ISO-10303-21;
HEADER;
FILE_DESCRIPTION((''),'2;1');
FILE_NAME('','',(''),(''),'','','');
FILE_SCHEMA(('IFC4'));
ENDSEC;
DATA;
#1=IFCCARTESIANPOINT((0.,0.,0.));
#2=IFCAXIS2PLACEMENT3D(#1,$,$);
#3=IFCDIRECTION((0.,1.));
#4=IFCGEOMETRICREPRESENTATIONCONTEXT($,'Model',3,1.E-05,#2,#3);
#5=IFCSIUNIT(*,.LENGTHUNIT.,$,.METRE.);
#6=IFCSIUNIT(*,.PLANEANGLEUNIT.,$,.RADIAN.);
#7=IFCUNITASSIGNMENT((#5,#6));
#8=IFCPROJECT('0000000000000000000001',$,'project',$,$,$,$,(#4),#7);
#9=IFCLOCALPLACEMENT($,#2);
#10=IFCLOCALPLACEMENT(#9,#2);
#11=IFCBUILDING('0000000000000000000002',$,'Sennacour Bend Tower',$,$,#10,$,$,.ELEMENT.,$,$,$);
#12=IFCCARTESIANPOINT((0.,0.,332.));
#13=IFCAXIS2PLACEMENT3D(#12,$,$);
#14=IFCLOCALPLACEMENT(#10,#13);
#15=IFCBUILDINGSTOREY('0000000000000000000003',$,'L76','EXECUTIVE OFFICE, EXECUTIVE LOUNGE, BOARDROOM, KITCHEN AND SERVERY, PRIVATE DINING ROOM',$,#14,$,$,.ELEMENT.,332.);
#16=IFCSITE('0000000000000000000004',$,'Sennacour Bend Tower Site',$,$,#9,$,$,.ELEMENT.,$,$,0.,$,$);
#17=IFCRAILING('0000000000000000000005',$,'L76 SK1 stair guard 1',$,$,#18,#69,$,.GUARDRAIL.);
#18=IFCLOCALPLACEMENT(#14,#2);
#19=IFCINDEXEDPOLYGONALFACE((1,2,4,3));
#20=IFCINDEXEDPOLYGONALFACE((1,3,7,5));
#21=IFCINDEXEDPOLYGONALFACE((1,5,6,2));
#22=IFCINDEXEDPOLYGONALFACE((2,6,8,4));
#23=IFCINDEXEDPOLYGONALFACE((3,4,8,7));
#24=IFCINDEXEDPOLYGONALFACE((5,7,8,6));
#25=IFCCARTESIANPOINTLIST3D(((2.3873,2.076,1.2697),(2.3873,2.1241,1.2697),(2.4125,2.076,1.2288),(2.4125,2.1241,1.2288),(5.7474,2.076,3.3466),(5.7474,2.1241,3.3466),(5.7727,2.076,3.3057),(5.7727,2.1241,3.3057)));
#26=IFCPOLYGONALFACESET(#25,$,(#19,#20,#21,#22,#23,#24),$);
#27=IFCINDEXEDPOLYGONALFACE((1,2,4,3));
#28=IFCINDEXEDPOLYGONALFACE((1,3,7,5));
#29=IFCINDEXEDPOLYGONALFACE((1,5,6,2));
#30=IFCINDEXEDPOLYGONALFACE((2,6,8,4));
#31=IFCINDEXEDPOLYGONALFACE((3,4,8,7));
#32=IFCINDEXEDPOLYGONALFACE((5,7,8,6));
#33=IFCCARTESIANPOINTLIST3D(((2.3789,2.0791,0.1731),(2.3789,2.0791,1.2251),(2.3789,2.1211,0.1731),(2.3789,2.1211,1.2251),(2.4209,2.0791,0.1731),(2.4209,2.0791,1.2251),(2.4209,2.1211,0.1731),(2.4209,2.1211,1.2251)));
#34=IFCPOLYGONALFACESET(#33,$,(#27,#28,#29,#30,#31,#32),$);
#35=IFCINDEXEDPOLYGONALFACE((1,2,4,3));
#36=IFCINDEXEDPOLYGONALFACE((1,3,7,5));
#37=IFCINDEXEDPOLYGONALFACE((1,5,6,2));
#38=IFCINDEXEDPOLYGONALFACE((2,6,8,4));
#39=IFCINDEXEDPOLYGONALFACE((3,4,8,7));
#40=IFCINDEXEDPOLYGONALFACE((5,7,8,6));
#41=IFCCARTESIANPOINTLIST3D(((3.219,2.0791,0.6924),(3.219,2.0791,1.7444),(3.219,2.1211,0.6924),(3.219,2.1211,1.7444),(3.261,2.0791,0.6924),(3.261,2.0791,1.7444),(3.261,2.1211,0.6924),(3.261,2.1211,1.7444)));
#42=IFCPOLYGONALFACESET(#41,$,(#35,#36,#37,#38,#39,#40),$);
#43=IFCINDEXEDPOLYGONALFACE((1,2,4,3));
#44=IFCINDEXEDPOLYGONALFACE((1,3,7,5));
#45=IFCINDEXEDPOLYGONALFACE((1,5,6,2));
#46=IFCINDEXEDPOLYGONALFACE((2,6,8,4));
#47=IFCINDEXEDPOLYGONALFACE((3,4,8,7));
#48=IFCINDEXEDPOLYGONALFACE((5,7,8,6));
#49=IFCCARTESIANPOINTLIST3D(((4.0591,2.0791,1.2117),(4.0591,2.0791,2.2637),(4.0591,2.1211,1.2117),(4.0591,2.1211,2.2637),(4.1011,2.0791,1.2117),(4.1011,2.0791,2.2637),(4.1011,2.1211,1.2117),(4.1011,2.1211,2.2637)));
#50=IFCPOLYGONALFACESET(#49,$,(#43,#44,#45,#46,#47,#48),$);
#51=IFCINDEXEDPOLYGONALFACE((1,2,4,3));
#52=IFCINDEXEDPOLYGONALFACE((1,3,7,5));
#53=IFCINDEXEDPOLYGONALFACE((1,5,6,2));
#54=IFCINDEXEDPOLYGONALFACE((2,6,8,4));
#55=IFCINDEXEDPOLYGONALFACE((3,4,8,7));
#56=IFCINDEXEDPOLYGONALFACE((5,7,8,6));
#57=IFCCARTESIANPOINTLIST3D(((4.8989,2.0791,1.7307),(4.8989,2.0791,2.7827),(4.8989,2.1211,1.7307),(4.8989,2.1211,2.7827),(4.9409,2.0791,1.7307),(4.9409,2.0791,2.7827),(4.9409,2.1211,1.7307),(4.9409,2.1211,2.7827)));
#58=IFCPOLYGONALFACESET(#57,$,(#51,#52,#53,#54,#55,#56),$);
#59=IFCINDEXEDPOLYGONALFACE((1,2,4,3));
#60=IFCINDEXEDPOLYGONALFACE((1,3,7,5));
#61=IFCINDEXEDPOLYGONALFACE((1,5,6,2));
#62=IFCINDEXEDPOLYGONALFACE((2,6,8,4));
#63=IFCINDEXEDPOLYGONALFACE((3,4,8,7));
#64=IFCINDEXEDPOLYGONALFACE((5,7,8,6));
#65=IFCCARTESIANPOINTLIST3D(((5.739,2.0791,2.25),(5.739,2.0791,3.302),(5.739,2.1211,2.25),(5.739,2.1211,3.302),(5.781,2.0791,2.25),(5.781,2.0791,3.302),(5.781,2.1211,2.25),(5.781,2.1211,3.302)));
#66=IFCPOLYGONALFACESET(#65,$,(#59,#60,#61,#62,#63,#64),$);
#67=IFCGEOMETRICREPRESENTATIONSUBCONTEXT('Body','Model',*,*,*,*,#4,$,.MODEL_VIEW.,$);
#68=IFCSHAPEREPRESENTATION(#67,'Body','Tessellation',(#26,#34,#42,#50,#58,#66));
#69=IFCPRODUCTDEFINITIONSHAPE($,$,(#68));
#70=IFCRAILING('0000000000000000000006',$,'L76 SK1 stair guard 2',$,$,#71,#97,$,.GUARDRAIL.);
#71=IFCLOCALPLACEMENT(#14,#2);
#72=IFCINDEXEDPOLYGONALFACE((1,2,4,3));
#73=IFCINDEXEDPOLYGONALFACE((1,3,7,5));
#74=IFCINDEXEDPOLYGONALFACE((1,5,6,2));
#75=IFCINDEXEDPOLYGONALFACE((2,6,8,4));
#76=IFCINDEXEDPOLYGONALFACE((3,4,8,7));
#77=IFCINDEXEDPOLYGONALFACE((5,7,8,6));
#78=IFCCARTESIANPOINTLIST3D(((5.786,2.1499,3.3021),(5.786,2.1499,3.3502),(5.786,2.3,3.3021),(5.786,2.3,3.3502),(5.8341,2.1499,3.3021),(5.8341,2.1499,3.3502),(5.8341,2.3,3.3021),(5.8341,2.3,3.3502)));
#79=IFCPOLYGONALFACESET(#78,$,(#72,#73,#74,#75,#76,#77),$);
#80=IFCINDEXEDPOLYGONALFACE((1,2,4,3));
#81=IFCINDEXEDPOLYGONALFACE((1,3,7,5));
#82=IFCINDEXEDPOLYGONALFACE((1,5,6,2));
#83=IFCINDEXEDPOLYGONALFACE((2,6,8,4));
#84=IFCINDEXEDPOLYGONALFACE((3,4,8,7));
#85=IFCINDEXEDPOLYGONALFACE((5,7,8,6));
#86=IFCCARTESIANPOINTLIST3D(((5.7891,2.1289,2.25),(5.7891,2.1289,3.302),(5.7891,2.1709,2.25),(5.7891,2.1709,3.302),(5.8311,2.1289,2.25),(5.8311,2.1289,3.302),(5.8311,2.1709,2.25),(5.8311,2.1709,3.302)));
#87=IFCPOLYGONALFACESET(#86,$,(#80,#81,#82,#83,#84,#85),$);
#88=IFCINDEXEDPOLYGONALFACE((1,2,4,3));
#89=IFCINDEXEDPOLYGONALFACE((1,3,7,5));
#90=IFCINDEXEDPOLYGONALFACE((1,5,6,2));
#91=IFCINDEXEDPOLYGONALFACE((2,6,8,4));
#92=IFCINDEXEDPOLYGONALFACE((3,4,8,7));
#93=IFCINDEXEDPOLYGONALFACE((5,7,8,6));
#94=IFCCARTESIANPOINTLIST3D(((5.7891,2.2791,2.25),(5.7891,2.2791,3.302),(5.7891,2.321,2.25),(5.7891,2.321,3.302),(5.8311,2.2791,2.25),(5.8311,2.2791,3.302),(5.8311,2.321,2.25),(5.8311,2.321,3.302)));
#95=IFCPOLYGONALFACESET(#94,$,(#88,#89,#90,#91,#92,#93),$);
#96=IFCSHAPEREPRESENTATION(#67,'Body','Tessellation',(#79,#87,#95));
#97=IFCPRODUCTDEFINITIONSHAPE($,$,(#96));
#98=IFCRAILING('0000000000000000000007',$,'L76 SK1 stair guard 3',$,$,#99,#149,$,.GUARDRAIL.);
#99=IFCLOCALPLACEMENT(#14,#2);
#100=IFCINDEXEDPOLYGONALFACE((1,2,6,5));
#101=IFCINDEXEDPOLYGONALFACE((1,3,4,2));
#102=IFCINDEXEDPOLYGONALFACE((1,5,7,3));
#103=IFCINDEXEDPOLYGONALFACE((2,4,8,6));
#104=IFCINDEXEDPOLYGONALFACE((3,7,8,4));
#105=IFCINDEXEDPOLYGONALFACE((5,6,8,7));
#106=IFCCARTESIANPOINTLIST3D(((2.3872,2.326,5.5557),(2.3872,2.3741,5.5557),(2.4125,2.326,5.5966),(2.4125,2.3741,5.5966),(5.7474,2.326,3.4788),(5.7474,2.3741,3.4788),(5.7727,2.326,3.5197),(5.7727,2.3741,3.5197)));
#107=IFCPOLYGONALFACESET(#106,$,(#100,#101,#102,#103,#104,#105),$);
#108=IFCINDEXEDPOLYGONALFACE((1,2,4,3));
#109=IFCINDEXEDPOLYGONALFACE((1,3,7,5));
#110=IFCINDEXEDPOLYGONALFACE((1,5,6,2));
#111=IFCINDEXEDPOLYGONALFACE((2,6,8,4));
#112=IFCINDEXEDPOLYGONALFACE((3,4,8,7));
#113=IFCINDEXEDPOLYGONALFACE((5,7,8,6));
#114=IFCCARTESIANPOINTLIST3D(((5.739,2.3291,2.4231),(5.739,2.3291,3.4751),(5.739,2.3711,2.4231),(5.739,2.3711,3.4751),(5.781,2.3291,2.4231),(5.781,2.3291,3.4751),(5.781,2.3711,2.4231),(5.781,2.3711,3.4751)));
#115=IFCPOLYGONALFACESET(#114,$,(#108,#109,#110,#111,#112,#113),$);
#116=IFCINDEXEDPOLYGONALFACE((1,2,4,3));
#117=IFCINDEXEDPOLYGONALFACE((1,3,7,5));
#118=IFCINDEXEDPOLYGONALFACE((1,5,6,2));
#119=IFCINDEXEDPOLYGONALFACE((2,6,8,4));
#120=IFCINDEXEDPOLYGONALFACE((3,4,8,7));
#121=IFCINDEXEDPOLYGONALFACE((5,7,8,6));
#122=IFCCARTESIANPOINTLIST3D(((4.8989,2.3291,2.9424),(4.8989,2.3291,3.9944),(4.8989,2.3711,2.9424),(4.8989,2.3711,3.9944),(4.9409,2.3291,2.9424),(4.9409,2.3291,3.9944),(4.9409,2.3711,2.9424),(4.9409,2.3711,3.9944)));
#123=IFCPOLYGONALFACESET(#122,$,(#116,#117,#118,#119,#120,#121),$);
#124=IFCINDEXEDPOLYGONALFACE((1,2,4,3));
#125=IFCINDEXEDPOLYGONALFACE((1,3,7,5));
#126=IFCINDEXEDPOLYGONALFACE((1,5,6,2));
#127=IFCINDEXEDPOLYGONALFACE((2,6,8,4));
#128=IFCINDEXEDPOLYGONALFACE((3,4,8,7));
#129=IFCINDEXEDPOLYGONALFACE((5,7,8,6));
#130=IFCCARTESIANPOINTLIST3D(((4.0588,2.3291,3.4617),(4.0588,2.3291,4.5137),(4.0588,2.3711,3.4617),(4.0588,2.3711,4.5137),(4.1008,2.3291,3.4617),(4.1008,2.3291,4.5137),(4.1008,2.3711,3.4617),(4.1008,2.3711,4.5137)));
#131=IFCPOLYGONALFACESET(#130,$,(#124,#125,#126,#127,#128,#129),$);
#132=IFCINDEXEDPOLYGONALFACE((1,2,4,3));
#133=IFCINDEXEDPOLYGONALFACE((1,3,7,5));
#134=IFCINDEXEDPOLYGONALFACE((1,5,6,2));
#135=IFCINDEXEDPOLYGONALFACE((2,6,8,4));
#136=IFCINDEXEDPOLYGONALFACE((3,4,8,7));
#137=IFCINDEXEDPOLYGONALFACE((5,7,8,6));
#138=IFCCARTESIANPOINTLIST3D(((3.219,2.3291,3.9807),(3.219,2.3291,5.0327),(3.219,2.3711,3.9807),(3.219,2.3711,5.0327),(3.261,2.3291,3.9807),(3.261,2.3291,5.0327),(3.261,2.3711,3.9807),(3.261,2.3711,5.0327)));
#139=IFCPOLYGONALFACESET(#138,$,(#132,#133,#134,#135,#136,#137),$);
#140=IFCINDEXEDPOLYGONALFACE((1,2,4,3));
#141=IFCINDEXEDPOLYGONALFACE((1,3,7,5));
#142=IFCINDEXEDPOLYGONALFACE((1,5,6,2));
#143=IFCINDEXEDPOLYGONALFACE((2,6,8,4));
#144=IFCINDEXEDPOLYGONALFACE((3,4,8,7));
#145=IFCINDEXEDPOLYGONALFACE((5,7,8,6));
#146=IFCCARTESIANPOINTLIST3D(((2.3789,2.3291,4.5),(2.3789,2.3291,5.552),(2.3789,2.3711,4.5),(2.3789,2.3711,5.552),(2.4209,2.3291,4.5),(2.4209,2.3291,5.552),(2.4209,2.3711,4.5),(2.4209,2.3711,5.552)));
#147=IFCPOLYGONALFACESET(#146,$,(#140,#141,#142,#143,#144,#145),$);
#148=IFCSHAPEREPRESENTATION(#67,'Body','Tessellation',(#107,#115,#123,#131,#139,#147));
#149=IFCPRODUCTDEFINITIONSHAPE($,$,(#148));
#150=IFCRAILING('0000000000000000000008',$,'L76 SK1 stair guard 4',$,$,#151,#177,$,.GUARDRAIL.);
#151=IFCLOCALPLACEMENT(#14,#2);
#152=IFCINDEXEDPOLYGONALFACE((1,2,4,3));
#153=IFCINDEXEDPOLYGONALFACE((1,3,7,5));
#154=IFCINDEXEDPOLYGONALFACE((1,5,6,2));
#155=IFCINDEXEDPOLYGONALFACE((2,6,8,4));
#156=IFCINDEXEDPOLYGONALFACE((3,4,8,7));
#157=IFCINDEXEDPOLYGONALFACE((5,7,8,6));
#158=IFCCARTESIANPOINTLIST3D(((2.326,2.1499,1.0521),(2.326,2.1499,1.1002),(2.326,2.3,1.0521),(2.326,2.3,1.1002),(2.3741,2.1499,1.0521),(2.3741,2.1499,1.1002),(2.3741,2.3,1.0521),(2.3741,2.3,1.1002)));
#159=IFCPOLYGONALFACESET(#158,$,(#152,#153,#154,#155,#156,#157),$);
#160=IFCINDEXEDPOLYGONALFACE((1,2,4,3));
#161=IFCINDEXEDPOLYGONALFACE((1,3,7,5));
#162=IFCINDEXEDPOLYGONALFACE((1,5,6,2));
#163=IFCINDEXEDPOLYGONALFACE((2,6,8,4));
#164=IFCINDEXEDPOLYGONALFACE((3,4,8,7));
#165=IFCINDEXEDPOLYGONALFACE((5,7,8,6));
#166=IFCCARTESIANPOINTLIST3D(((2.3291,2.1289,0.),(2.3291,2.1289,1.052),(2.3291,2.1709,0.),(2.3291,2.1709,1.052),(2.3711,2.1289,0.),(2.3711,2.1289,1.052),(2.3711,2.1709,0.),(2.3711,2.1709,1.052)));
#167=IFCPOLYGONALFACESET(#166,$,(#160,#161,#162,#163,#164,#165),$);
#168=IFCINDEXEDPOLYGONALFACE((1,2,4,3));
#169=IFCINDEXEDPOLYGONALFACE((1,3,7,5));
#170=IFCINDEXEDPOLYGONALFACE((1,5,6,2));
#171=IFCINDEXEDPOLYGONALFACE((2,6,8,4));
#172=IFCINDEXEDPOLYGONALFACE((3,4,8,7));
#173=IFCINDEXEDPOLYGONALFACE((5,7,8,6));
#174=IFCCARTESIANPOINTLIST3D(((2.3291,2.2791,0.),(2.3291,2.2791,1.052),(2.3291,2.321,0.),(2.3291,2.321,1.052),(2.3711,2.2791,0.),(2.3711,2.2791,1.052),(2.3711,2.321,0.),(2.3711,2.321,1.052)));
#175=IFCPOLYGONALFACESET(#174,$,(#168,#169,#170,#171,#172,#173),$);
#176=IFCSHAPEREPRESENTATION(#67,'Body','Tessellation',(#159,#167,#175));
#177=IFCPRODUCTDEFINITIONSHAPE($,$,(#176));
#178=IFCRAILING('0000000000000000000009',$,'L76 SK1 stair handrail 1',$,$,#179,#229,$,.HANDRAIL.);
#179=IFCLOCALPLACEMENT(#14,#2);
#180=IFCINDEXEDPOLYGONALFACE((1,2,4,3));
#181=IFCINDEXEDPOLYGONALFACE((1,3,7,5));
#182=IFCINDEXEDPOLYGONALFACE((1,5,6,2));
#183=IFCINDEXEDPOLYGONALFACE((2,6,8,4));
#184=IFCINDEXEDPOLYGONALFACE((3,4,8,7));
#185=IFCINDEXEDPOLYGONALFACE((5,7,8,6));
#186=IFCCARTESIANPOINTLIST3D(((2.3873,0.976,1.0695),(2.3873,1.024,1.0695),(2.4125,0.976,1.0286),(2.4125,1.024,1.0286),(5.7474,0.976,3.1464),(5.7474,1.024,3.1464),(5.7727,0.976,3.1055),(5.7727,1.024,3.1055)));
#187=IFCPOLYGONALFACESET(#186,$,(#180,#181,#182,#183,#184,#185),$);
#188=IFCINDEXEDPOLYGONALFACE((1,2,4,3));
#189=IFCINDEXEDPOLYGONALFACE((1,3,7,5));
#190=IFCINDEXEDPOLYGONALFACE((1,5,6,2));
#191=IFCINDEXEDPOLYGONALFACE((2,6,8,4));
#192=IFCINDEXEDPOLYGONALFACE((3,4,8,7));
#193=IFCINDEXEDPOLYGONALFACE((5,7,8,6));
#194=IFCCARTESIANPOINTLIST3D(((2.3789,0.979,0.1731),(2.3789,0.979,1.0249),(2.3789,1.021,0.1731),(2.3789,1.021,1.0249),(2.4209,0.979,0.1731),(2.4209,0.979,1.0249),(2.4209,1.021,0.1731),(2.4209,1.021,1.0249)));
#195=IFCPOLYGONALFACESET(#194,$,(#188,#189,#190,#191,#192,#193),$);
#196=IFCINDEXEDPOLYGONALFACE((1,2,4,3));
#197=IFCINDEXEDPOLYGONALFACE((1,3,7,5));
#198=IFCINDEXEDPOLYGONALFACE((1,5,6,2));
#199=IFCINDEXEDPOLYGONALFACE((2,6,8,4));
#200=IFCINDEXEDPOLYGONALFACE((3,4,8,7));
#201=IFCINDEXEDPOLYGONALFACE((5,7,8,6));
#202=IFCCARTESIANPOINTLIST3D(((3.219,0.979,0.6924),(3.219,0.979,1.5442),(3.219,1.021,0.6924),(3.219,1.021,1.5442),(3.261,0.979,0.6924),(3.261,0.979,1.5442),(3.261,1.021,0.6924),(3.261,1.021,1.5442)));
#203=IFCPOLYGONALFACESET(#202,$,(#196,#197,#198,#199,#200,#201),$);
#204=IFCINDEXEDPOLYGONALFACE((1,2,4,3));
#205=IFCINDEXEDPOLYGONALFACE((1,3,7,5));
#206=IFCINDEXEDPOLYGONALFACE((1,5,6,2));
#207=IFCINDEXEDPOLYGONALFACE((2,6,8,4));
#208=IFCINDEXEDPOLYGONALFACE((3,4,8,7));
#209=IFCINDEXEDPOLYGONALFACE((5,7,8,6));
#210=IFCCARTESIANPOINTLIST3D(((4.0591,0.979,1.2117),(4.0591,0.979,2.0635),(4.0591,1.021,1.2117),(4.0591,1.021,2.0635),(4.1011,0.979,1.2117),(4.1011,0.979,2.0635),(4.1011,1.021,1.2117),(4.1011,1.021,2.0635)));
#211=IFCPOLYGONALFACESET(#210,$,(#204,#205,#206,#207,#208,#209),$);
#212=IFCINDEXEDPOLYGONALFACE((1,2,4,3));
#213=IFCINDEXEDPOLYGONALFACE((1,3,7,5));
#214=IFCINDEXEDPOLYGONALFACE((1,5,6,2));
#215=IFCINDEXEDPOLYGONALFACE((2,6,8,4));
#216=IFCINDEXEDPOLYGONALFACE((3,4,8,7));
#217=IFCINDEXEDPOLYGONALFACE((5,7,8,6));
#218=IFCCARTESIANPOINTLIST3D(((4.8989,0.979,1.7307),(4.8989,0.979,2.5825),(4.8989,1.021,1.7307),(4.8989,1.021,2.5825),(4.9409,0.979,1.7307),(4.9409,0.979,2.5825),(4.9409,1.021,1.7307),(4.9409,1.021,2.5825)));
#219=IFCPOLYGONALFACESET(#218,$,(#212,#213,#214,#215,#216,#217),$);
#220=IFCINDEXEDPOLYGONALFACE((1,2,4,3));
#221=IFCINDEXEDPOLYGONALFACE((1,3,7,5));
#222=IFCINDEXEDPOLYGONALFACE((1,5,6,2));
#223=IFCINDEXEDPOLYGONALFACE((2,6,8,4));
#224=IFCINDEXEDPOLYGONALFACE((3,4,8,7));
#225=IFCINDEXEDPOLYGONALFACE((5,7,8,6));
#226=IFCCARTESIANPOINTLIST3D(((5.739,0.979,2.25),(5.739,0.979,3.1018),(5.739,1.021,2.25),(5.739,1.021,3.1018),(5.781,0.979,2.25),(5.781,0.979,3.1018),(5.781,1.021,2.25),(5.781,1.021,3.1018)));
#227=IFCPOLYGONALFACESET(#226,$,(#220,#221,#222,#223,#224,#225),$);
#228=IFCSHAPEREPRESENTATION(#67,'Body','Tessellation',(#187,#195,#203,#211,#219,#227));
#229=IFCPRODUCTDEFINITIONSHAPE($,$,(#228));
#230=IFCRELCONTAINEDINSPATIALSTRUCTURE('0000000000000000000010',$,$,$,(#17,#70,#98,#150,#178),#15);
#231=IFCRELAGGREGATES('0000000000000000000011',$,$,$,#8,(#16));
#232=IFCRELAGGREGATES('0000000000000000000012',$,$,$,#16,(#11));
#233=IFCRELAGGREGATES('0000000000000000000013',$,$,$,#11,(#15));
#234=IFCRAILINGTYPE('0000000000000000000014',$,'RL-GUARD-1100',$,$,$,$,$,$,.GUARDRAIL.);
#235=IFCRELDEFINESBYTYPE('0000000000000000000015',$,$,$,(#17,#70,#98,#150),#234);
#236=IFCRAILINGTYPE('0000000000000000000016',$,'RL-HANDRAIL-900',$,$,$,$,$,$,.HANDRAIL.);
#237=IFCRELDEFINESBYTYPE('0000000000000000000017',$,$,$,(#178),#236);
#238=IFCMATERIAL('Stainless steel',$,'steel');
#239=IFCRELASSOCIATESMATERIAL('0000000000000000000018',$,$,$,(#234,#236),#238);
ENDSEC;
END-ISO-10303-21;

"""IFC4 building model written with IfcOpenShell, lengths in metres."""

from ifc_helpers import new_model, si_unit, direction, frame, origin, origin_2d, place, context, subcontext, project, spatial, rectangle, extrude, material, type_object, element, save


model = new_model("IFC4")

# Units and contexts
model_context = context("Model", 3, precision=1e-05, world=origin(), true_north=direction((0.0, 1.0)))
body_context = subcontext(model_context, "Body", "Model", "MODEL_VIEW")
ifc_project = project(units=[si_unit("LENGTHUNIT", "METRE"), si_unit("PLANEANGLEUNIT", "RADIAN")], contexts=[model_context])

# Site, building, storey
site_placement = place(None, origin())
site = spatial("IfcSite", under=ifc_project, at=site_placement, Name="Sennacour Bend Tower Site", CompositionType="ELEMENT", RefElevation=0.0)
building_placement = place(site_placement, origin())
building = spatial("IfcBuilding", under=site, at=building_placement, Name="Sennacour Bend Tower", CompositionType="ELEMENT")
storey_placement = place(building_placement, frame((0.0, 0.0, 332.0)))
storey = spatial("IfcBuildingStorey", under=building, at=storey_placement, Name="L76", Description="EXECUTIVE OFFICE, EXECUTIVE LOUNGE, BOARDROOM, KITCHEN AND SERVERY, PRIVATE DINING ROOM", CompositionType="ELEMENT", Elevation=332.0)

# Railings
ifc_material_1 = material(Name="Stainless steel", Category="steel")
railing_type_1 = type_object("IfcRailingType", Name="RL-GUARD-1100", PredefinedType="GUARDRAIL", material=ifc_material_1)
railing_1_placement = place(storey_placement, frame((2.3999, 2.1001, 0.1731)))
element("IfcRailing", 1, at=railing_1_placement, inside=storey, type_object=railing_type_1, Name="L76 SK1 stair guard 1", PredefinedType="GUARDRAIL", context=body_context, shape_type="SweptSolid", body=[
    extrude(rectangle(XDim=0.0481, YDim=0.0481, at=origin_2d()), frame((0.0, 0.0, 1.0762), z_axis=(0.850623, 0.0, 0.525776), x_axis=(0.0, 1.0, 0.0)), (0.0, 0.0, 1.0), 3.9502),
    extrude(rectangle(XDim=0.042, YDim=0.042, at=origin_2d()), origin(), (0.0, 0.0, 1.0), 1.052),
    extrude(rectangle(XDim=0.042, YDim=0.042, at=origin_2d()), frame((0.8401, 0.0, 0.5193)), (0.0, 0.0, 1.0), 1.052),
    extrude(rectangle(XDim=0.042, YDim=0.042, at=origin_2d()), frame((1.6802, 0.0, 1.0386)), (0.0, 0.0, 1.0), 1.052),
    extrude(rectangle(XDim=0.042, YDim=0.042, at=origin_2d()), frame((2.52, 0.0, 1.5576)), (0.0, 0.0, 1.0), 1.052),
    extrude(rectangle(XDim=0.042, YDim=0.042, at=origin_2d()), frame((3.3601, 0.0, 2.0769)), (0.0, 0.0, 1.0), 1.052),
])
railing_2_placement = place(storey_placement, frame((5.8101, 2.1499, 2.25)))
element("IfcRailing", 2, at=railing_2_placement, inside=storey, type_object=railing_type_1, Name="L76 SK1 stair guard 2", PredefinedType="GUARDRAIL", context=body_context, shape_type="SweptSolid", body=[
    extrude(rectangle(XDim=0.0481, YDim=0.0481, at=origin_2d()), frame((0.0, 0.0, 1.0762), z_axis=(0.0, 1.0, 0.0), x_axis=(-1.0, 0.0, 0.0)), (0.0, 0.0, 1.0), 0.1501),
    extrude(rectangle(XDim=0.042, YDim=0.042, at=origin_2d()), origin(), (0.0, 0.0, 1.0), 1.052),
    extrude(rectangle(XDim=0.042, YDim=0.042, at=origin_2d()), frame((0.0, 0.1501, 0.0)), (0.0, 0.0, 1.0), 1.052),
])
railing_3_placement = place(storey_placement, frame((5.76, 2.3501, 2.4231)))
element("IfcRailing", 3, at=railing_3_placement, inside=storey, type_object=railing_type_1, Name="L76 SK1 stair guard 3", PredefinedType="GUARDRAIL", context=body_context, shape_type="SweptSolid", body=[
    extrude(rectangle(XDim=0.0481, YDim=0.0481, at=origin_2d()), frame((0.0, 0.0, 1.0762), z_axis=(-0.850623, 0.0, 0.525776), x_axis=(0.0, -1.0, 0.0)), (0.0, 0.0, 1.0), 3.9502),
    extrude(rectangle(XDim=0.042, YDim=0.042, at=origin_2d()), origin(), (0.0, 0.0, 1.0), 1.052),
    extrude(rectangle(XDim=0.042, YDim=0.042, at=origin_2d()), frame((-0.8401, 0.0, 0.5193)), (0.0, 0.0, 1.0), 1.052),
    extrude(rectangle(XDim=0.042, YDim=0.042, at=origin_2d()), frame((-1.6802, 0.0, 1.0386)), (0.0, 0.0, 1.0), 1.052),
    extrude(rectangle(XDim=0.042, YDim=0.042, at=origin_2d()), frame((-2.52, 0.0, 1.5576)), (0.0, 0.0, 1.0), 1.052),
    extrude(rectangle(XDim=0.042, YDim=0.042, at=origin_2d()), frame((-3.3601, 0.0, 2.0769)), (0.0, 0.0, 1.0), 1.052),
])
railing_4_placement = place(storey_placement, frame((2.3501, 2.1499, 0.0)))
element("IfcRailing", 4, at=railing_4_placement, inside=storey, type_object=railing_type_1, Name="L76 SK1 stair guard 4", PredefinedType="GUARDRAIL", context=body_context, shape_type="SweptSolid", body=[
    extrude(rectangle(XDim=0.0481, YDim=0.0481, at=origin_2d()), frame((0.0, 0.0, 1.0762), z_axis=(0.0, 1.0, 0.0), x_axis=(-1.0, 0.0, 0.0)), (0.0, 0.0, 1.0), 0.1501),
    extrude(rectangle(XDim=0.042, YDim=0.042, at=origin_2d()), origin(), (0.0, 0.0, 1.0), 1.052),
    extrude(rectangle(XDim=0.042, YDim=0.042, at=origin_2d()), frame((0.0, 0.1501, 0.0)), (0.0, 0.0, 1.0), 1.052),
])
railing_type_2 = type_object("IfcRailingType", Name="RL-HANDRAIL-900", PredefinedType="HANDRAIL", material=ifc_material_1)
railing_5_placement = place(storey_placement, frame((2.3999, 1.0, 0.1731)))
element("IfcRailing", 5, at=railing_5_placement, inside=storey, type_object=railing_type_2, Name="L76 SK1 stair handrail 1", PredefinedType="HANDRAIL", context=body_context, shape_type="SweptSolid", body=[
    extrude(rectangle(XDim=0.0481, YDim=0.0481, at=origin_2d()), frame((0.0, 0.0, 0.876), z_axis=(0.850623, 0.0, 0.525776), x_axis=(0.0, 1.0, 0.0)), (0.0, 0.0, 1.0), 3.9502),
    extrude(rectangle(XDim=0.042, YDim=0.042, at=origin_2d()), origin(), (0.0, 0.0, 1.0), 0.8518),
    extrude(rectangle(XDim=0.042, YDim=0.042, at=origin_2d()), frame((0.8401, 0.0, 0.5193)), (0.0, 0.0, 1.0), 0.8518),
    extrude(rectangle(XDim=0.042, YDim=0.042, at=origin_2d()), frame((1.6802, 0.0, 1.0386)), (0.0, 0.0, 1.0), 0.8518),
    extrude(rectangle(XDim=0.042, YDim=0.042, at=origin_2d()), frame((2.52, 0.0, 1.5576)), (0.0, 0.0, 1.0), 0.8518),
    extrude(rectangle(XDim=0.042, YDim=0.042, at=origin_2d()), frame((3.3601, 0.0, 2.0769)), (0.0, 0.0, 1.0), 0.8518),
])

save(model, "model.ifc")
